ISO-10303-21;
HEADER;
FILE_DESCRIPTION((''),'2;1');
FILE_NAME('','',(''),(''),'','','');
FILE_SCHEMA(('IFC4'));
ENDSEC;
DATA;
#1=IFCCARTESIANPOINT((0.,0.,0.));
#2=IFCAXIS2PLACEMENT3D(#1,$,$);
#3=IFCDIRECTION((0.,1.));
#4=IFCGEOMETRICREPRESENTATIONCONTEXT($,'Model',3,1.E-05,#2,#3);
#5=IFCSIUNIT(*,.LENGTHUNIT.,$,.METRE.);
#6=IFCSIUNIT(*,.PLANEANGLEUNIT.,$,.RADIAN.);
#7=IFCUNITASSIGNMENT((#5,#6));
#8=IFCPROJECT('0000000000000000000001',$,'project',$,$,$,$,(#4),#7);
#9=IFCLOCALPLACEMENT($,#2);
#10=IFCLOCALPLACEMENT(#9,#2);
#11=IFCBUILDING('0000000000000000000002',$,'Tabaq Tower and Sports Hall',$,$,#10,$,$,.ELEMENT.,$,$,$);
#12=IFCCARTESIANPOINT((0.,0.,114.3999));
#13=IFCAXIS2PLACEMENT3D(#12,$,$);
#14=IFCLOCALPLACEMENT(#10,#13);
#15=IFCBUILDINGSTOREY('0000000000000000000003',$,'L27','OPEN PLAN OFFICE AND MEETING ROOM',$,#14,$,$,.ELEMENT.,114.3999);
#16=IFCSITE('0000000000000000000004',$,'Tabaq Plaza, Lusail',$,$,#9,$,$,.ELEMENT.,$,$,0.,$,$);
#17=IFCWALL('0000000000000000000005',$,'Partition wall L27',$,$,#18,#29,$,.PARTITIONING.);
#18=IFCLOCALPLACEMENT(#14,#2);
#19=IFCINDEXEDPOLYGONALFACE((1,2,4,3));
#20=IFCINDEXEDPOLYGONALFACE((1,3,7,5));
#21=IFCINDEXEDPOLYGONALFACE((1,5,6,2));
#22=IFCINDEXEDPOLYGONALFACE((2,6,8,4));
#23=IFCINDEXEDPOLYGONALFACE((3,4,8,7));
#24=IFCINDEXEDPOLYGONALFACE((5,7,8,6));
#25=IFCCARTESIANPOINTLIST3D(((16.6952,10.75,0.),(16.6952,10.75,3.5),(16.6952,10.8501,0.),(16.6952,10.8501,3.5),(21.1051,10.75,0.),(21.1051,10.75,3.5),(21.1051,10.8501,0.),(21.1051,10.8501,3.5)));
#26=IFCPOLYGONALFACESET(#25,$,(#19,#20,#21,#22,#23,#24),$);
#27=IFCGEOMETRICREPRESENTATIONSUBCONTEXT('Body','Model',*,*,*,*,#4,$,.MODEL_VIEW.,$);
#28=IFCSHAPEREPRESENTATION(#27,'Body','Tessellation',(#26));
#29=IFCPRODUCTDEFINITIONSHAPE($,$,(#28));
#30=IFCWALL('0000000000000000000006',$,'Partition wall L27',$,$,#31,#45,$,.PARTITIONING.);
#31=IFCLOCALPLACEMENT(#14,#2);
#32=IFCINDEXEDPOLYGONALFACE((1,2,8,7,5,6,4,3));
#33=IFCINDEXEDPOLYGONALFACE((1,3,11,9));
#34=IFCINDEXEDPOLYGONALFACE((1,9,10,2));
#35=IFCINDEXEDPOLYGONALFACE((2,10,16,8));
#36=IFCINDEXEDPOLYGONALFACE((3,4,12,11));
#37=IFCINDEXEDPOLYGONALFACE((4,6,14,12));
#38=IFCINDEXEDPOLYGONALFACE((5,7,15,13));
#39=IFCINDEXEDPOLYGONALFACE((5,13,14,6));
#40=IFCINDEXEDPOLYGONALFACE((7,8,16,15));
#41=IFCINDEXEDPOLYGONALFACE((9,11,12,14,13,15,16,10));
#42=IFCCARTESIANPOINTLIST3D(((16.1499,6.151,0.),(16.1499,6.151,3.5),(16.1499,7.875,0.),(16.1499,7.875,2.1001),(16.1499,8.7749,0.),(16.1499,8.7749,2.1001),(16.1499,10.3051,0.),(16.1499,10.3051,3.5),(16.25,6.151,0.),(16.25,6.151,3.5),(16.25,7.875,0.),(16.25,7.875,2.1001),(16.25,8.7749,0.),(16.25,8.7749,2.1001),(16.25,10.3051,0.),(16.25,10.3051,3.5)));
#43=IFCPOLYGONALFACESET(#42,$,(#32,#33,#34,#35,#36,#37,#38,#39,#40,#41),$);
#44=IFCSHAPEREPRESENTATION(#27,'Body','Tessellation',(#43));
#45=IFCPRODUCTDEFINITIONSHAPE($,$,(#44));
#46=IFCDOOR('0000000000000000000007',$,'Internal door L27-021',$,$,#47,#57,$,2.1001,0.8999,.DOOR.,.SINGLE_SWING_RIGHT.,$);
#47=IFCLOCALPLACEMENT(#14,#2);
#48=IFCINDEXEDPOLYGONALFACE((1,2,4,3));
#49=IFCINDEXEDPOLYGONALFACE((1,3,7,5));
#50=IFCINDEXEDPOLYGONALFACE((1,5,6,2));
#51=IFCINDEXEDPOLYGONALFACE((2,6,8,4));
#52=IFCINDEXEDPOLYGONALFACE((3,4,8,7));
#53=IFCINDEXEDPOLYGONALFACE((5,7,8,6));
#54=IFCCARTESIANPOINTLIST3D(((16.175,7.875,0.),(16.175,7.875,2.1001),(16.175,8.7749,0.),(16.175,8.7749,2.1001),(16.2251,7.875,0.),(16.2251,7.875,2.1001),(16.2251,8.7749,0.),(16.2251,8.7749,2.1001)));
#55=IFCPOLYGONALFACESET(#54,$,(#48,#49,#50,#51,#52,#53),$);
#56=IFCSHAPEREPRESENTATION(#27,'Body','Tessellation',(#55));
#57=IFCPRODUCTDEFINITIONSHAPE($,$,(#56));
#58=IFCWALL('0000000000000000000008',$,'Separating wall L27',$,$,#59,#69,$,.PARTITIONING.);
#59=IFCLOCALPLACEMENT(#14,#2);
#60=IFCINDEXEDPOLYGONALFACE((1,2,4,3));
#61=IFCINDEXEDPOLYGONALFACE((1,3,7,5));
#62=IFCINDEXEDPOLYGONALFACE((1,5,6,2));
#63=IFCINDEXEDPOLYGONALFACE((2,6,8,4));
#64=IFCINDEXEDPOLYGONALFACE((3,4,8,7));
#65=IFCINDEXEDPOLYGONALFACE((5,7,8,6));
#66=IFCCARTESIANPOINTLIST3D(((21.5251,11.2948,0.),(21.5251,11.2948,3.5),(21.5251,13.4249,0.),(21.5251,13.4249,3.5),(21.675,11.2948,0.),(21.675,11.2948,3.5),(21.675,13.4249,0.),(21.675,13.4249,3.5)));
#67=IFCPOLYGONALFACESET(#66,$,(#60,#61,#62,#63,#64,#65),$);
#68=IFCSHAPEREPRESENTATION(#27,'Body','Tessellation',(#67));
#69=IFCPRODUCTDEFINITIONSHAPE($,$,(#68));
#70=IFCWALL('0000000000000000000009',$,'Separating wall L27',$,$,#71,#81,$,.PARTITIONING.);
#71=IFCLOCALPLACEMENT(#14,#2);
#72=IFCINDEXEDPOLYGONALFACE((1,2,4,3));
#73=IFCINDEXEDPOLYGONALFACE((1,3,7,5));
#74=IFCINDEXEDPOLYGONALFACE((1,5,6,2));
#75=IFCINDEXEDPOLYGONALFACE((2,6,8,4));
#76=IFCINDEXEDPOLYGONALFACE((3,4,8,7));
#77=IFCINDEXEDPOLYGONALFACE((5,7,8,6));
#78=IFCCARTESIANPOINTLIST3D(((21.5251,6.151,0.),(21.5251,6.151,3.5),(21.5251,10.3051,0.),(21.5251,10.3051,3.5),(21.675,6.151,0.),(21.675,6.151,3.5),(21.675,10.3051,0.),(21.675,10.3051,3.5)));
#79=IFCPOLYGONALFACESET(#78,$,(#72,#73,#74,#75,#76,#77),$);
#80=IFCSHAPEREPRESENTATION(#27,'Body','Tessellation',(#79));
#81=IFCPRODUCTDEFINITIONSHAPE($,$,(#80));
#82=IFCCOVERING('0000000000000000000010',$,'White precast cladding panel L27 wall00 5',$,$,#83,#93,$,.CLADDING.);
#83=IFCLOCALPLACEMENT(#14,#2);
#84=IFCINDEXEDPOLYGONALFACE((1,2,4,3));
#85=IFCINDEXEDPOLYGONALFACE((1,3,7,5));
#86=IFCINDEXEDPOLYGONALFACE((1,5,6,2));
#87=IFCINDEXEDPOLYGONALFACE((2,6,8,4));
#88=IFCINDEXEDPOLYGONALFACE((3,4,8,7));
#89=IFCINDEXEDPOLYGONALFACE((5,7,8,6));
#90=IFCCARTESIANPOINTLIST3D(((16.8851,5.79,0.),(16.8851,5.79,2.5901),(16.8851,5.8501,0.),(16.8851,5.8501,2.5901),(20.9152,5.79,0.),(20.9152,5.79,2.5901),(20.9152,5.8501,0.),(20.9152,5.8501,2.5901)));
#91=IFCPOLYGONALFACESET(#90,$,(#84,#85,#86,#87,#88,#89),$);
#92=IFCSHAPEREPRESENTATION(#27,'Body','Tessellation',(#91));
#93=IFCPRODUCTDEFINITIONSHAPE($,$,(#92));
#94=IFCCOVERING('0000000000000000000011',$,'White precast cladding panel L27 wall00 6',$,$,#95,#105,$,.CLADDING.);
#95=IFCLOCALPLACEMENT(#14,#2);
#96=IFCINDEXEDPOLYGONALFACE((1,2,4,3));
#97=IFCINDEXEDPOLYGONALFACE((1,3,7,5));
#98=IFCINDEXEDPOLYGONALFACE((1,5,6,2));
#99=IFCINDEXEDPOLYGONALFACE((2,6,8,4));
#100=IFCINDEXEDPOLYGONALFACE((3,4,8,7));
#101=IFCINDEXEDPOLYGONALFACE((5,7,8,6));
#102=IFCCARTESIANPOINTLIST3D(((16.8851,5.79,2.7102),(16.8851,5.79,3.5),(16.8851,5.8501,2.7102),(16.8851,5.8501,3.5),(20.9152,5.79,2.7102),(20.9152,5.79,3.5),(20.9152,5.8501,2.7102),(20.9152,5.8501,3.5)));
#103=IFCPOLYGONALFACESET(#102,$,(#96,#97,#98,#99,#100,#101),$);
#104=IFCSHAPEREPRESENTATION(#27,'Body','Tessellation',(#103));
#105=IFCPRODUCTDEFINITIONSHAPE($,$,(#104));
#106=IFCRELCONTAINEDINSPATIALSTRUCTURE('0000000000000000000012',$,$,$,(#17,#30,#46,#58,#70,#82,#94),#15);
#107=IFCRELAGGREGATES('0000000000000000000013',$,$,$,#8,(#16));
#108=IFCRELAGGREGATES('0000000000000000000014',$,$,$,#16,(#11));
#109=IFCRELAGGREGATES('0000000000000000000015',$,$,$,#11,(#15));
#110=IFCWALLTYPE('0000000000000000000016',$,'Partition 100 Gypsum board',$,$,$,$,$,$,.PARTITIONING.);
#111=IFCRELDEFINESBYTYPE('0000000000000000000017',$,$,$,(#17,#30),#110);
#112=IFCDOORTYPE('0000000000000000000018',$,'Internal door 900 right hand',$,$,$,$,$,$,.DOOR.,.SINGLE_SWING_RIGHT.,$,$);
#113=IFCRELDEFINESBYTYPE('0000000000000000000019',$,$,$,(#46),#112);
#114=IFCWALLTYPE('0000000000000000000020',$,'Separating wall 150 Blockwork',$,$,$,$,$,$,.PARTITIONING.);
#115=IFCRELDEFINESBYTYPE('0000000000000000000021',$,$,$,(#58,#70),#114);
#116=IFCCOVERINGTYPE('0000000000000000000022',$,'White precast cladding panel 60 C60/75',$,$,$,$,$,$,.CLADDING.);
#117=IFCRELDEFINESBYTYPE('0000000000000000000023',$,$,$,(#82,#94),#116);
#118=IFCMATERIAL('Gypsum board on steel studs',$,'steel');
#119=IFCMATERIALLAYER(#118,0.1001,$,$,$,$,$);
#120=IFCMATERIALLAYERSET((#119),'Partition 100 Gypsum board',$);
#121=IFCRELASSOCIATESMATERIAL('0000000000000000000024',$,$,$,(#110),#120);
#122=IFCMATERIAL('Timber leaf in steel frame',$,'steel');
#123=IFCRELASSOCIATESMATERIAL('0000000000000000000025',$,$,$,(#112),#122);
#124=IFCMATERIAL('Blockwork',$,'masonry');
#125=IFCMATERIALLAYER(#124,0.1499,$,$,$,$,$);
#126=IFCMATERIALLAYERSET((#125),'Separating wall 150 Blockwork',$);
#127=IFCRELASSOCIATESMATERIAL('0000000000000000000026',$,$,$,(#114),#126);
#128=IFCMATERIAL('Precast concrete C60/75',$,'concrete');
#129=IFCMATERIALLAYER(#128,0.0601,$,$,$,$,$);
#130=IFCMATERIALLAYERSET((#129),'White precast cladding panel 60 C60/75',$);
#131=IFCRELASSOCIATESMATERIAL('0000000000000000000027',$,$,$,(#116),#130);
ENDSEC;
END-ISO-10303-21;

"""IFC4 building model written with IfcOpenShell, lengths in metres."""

from ifc_helpers import new_model, si_unit, direction, frame, frame_2d, origin, place, context, subcontext, project, spatial, rectangle, extrude, material, layer, layer_set, type_object, element, fill, save


model = new_model("IFC4")

# Units and contexts
model_context = context("Model", 3, precision=1e-05, world=origin(), true_north=direction((0.0, 1.0)))
body_context = subcontext(model_context, "Body", "Model", "MODEL_VIEW")
ifc_project = project(units=[si_unit("LENGTHUNIT", "METRE"), si_unit("PLANEANGLEUNIT", "RADIAN")], contexts=[model_context])

# Site, building, storey
site_placement = place(None, origin())
site = spatial("IfcSite", under=ifc_project, at=site_placement, Name="Tabaq Plaza, Lusail", CompositionType="ELEMENT", RefElevation=0.0)
building_placement = place(site_placement, origin())
building = spatial("IfcBuilding", under=site, at=building_placement, Name="Tabaq Tower and Sports Hall", CompositionType="ELEMENT")
storey_placement = place(building_placement, frame((0.0, 0.0, 114.3999)))
storey = spatial("IfcBuildingStorey", under=building, at=storey_placement, Name="L27", Description="OPEN PLAN OFFICE AND MEETING ROOM", CompositionType="ELEMENT", Elevation=114.3999)

# Shared definitions
ifc_material_1 = material(Name="Gypsum board on steel studs", Category="steel")
ifc_layer_1 = layer(ifc_material_1, 0.1001)
ifc_layer_set_1 = layer_set([ifc_layer_1], Name="Partition 100 Gypsum board")
wall_type_1 = type_object("IfcWallType", Name="Partition 100 Gypsum board", PredefinedType="PARTITIONING", material=ifc_layer_set_1)
ifc_material_2 = material(Name="Timber leaf in steel frame", Category="steel")
door_type_1 = type_object("IfcDoorType", Name="Internal door 900 right hand", OperationType="SINGLE_SWING_RIGHT", PredefinedType="DOOR", material=ifc_material_2)

# Wall
wall_1_placement = place(storey_placement, frame((16.6951, 10.8, 0.0), z_axis=(0.0, 0.0, 1.0), x_axis=(1.0, 0.0, 0.0)))
element("IfcWall", 1, at=wall_1_placement, inside=storey, type_object=wall_type_1, Name="Partition wall L27", PredefinedType="PARTITIONING", context=body_context, shape_type="SweptSolid", body=[
    extrude(rectangle(XDim=4.4099, YDim=0.1001, at=frame_2d((2.2051, 0.0))), origin(), (0.0, 0.0, 1.0), 3.5),
])

# Wall, opening, door
wall_2_placement = place(storey_placement, frame((16.2, 6.1509, 0.0), z_axis=(0.0, 0.0, 1.0), x_axis=(0.0, 1.0, 0.0)))
wall_2 = element("IfcWall", 2, at=wall_2_placement, inside=storey, type_object=wall_type_1, Name="Partition wall L27", PredefinedType="PARTITIONING", context=body_context, shape_type="SweptSolid", body=[
    extrude(rectangle(XDim=4.1541, YDim=0.1001, at=frame_2d((2.0771, 0.0))), origin(), (0.0, 0.0, 1.0), 3.5),
])
opening_1_placement = place(wall_2_placement, frame((1.7241, 0.0, 0.0)))
opening_1 = element("IfcOpeningElement", 3, at=opening_1_placement, cuts=wall_2, PredefinedType="OPENING", context=body_context, shape_type="SweptSolid", body=[
    extrude(rectangle(XDim=0.8999, YDim=2.1001, at=frame_2d((0.45, 1.05))), frame((0.0, 0.05, 0.0), z_axis=(0.0, -1.0, 0.0), x_axis=(1.0, 0.0, 0.0)), (0.0, 0.0, 1.0), 0.1001),
])
door_1_placement = place(opening_1_placement, origin())
door_1 = element("IfcDoor", 4, at=door_1_placement, inside=storey, type_object=door_type_1, Name="Internal door L27-021", OperationType="SINGLE_SWING_RIGHT", OverallHeight=2.1001, OverallWidth=0.8999, PredefinedType="DOOR", context=body_context, shape_type="SweptSolid", body=[
    extrude(rectangle(XDim=0.8999, YDim=2.1001, at=frame_2d((0.45, 1.05))), frame((0.0, 0.0249, 0.0), z_axis=(0.0, -1.0, 0.0), x_axis=(1.0, 0.0, 0.0)), (0.0, 0.0, 1.0), 0.05),
])
fill(opening_1, door_1)

# Walls
ifc_material_3 = material(Name="Blockwork", Category="masonry")
ifc_layer_2 = layer(ifc_material_3, 0.1499)
ifc_layer_set_2 = layer_set([ifc_layer_2], Name="Separating wall 150 Blockwork")
wall_type_2 = type_object("IfcWallType", Name="Separating wall 150 Blockwork", PredefinedType="PARTITIONING", material=ifc_layer_set_2)
wall_3_placement = place(storey_placement, frame((21.6001, 11.2949, 0.0), z_axis=(0.0, 0.0, 1.0), x_axis=(0.0, 1.0, 0.0)))
element("IfcWall", 5, at=wall_3_placement, inside=storey, type_object=wall_type_2, Name="Separating wall L27", PredefinedType="PARTITIONING", context=body_context, shape_type="SweptSolid", body=[
    extrude(rectangle(XDim=2.1301, YDim=0.1499, at=frame_2d((1.0649, 0.0))), origin(), (0.0, 0.0, 1.0), 3.5),
])
wall_4_placement = place(storey_placement, frame((21.6001, 6.1509, 0.0), z_axis=(0.0, 0.0, 1.0), x_axis=(0.0, 1.0, 0.0)))
element("IfcWall", 6, at=wall_4_placement, inside=storey, type_object=wall_type_2, Name="Separating wall L27", PredefinedType="PARTITIONING", context=body_context, shape_type="SweptSolid", body=[
    extrude(rectangle(XDim=4.1541, YDim=0.1499, at=frame_2d((2.0771, 0.0))), origin(), (0.0, 0.0, 1.0), 3.5),
])

# Coverings
ifc_material_4 = material(Name="Precast concrete C60/75", Category="concrete")
ifc_layer_3 = layer(ifc_material_4, 0.0601)
ifc_layer_set_3 = layer_set([ifc_layer_3], Name="White precast cladding panel 60 C60/75")
covering_type = type_object("IfcCoveringType", Name="White precast cladding panel 60 C60/75", PredefinedType="CLADDING", material=ifc_layer_set_3)
covering_1_placement = place(storey_placement, frame((16.885, 5.8201, 0.0), z_axis=(0.0, 0.0, 1.0), x_axis=(1.0, 0.0, 0.0)))
element("IfcCovering", 7, at=covering_1_placement, inside=storey, type_object=covering_type, Name="White precast cladding panel L27 wall00 5", PredefinedType="CLADDING", context=body_context, shape_type="SweptSolid", body=[
    extrude(rectangle(XDim=4.03, YDim=0.0601, at=frame_2d((2.0151, 0.0))), origin(), (0.0, 0.0, 1.0), 2.5901),
])
covering_2_placement = place(storey_placement, frame((16.885, 5.8201, 2.7102), z_axis=(0.0, 0.0, 1.0), x_axis=(1.0, 0.0, 0.0)))
element("IfcCovering", 8, at=covering_2_placement, inside=storey, type_object=covering_type, Name="White precast cladding panel L27 wall00 6", PredefinedType="CLADDING", context=body_context, shape_type="SweptSolid", body=[
    extrude(rectangle(XDim=4.03, YDim=0.0601, at=frame_2d((2.0151, 0.0))), origin(), (0.0, 0.0, 1.0), 0.7898),
])

save(model, "model.ifc")
